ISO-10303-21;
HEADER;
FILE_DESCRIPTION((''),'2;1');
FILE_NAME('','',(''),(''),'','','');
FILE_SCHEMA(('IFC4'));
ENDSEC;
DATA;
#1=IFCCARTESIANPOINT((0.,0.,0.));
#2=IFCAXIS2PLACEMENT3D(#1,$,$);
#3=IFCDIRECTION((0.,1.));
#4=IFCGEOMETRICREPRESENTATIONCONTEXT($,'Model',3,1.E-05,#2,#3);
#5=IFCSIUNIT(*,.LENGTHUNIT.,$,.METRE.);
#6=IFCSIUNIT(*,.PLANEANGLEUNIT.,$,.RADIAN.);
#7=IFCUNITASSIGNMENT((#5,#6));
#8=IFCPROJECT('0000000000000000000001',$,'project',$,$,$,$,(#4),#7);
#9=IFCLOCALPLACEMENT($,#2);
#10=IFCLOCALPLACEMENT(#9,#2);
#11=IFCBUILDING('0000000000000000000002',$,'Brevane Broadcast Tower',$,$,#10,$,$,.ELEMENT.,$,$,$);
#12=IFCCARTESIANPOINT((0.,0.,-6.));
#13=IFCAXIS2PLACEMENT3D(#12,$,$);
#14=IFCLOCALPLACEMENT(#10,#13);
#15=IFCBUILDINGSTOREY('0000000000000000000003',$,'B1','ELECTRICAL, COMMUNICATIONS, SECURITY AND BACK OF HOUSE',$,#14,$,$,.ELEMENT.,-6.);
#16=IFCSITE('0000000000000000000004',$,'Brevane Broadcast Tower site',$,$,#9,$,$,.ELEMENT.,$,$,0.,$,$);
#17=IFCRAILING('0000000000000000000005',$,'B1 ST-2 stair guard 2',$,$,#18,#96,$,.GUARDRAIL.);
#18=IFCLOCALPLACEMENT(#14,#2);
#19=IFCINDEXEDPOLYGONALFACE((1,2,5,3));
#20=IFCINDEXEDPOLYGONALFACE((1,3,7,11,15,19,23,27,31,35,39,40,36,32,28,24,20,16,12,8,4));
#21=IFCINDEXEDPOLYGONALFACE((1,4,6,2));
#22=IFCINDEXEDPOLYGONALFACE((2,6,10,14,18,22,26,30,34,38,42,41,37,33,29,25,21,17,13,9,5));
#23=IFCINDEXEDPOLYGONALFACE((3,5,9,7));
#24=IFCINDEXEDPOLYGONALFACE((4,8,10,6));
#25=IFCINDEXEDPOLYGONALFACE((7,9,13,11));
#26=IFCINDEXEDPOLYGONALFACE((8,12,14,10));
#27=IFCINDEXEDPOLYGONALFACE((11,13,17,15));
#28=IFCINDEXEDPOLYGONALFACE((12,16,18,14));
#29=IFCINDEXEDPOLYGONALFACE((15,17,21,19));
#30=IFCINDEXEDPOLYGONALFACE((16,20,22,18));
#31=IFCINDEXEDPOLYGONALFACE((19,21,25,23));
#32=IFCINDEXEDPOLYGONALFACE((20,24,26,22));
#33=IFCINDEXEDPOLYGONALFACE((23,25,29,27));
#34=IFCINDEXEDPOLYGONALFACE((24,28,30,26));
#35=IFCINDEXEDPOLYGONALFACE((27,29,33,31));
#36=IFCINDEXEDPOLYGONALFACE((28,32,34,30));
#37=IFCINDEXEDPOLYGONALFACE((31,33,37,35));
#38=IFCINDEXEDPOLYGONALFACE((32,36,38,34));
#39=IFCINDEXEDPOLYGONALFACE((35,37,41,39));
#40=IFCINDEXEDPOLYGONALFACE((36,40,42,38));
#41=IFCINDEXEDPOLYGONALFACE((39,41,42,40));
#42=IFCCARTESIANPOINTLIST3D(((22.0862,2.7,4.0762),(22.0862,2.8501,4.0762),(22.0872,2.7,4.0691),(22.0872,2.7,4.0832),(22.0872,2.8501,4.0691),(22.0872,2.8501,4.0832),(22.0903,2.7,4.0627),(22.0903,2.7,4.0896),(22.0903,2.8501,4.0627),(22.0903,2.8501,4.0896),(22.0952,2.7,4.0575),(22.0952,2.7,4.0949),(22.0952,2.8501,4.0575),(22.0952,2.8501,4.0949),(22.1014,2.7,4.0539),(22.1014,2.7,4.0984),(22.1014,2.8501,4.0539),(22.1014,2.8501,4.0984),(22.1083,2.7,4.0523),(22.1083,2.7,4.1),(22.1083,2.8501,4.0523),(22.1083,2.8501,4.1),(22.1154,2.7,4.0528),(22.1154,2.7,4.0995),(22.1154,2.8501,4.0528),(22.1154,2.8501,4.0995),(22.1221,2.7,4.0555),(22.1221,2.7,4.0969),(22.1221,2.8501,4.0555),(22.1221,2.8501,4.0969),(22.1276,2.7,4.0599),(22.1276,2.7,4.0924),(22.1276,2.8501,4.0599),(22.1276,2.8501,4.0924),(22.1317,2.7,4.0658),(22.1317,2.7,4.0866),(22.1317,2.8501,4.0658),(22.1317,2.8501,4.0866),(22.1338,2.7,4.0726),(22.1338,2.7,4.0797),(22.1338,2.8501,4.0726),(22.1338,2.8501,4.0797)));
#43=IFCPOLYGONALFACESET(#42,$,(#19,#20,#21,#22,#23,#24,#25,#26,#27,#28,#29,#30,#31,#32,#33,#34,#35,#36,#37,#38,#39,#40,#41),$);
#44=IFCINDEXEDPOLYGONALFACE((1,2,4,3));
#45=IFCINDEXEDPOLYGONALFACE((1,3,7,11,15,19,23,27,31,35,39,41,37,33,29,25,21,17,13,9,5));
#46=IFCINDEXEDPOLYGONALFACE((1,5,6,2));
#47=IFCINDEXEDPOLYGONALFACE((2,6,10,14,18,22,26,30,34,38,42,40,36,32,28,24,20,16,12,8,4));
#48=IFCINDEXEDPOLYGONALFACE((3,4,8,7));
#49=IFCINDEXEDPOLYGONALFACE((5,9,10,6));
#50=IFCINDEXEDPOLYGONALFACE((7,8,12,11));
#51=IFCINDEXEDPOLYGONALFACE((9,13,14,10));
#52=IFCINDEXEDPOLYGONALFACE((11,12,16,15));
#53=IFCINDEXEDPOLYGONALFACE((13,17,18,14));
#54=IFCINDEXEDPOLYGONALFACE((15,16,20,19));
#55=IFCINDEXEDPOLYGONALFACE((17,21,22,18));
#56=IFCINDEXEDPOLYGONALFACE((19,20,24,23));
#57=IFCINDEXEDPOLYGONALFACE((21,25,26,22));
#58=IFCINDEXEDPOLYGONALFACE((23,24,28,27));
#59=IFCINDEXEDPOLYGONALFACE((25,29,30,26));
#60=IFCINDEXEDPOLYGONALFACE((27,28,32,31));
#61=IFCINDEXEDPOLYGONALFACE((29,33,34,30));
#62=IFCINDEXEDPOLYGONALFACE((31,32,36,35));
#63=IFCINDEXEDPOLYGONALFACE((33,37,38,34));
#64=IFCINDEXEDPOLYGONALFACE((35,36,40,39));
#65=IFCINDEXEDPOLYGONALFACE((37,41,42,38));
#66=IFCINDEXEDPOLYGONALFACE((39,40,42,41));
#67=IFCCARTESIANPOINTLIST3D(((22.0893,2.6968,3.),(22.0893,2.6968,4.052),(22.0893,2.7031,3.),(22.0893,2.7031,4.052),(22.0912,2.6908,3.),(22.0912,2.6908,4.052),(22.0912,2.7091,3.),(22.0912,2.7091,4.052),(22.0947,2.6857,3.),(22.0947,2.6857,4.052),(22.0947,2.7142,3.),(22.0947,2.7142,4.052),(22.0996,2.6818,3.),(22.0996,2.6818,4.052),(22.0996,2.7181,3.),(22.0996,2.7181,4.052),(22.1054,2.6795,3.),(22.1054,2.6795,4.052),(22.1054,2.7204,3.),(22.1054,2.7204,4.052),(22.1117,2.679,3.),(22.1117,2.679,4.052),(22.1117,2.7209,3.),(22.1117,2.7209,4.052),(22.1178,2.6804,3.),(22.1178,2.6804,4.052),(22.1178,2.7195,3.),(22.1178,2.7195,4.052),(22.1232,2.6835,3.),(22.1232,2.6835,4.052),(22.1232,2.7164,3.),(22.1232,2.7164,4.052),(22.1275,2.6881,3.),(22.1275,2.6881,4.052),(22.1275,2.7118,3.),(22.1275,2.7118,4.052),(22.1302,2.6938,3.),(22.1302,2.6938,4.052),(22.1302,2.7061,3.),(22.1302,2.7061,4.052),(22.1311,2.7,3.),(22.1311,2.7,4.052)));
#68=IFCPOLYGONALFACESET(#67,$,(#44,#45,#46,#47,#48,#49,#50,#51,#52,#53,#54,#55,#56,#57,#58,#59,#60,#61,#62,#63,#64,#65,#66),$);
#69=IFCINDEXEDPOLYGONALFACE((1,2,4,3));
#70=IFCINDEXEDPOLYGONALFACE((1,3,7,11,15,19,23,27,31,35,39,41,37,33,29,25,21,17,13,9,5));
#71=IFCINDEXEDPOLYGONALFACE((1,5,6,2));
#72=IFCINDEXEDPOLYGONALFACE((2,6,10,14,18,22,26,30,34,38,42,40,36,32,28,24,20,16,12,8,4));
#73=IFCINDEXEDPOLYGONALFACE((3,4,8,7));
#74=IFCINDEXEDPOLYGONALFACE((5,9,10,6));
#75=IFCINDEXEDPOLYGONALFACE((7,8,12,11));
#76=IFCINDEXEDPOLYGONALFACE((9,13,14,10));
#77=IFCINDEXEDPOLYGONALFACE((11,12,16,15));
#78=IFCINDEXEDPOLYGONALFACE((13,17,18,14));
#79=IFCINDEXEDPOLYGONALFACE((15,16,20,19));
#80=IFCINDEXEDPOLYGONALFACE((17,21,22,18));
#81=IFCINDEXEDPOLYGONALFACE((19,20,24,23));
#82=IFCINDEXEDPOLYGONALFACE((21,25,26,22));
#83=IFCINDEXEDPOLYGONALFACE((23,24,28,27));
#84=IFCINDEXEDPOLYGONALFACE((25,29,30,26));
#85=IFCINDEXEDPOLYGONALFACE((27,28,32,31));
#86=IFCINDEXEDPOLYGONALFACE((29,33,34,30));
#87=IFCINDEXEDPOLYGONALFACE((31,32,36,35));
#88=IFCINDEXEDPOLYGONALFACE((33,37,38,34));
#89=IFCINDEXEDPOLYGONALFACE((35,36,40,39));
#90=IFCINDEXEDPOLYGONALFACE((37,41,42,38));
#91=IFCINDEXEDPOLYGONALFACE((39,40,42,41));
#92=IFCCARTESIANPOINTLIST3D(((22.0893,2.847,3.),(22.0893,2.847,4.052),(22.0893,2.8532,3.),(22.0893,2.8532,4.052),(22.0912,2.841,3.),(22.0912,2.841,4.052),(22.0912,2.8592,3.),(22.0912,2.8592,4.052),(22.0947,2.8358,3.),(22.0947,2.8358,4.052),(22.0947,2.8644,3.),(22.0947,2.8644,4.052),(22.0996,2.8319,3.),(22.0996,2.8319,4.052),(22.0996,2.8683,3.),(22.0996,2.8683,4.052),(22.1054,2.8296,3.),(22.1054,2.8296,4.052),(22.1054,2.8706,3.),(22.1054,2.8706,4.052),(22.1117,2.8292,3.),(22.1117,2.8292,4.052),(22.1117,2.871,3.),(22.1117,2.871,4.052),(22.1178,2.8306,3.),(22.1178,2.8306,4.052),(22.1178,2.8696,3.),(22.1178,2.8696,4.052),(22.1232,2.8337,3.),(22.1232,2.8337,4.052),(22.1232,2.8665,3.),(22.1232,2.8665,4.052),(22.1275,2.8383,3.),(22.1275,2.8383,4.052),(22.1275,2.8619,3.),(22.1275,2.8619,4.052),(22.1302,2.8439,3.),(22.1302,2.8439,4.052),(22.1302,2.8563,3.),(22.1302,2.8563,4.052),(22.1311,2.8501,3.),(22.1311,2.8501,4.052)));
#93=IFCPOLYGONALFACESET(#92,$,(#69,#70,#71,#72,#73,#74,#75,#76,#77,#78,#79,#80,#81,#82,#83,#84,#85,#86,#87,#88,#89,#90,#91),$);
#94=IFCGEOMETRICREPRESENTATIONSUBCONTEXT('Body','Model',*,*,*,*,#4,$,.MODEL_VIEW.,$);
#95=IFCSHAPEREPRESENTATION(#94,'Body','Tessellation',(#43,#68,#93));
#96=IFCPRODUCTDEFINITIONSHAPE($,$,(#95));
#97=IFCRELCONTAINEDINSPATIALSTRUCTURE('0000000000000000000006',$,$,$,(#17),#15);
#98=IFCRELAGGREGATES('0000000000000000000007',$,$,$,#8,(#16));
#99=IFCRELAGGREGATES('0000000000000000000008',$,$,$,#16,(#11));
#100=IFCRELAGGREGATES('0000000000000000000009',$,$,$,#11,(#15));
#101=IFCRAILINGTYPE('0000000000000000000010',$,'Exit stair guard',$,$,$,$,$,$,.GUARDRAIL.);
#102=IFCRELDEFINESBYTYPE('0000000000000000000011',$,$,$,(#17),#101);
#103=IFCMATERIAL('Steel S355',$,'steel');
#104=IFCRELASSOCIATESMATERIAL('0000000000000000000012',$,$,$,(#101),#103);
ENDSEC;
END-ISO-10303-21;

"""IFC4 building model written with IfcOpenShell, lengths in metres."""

from ifc_helpers import new_model, si_unit, direction, frame, origin, origin_2d, place, context, subcontext, project, spatial, circle, extrude, material, type_object, element, save


model = new_model("IFC4")

# Units and contexts
model_context = context("Model", 3, precision=1e-05, world=origin(), true_north=direction((0.0, 1.0)))
body_context = subcontext(model_context, "Body", "Model", "MODEL_VIEW")
ifc_project = project(units=[si_unit("LENGTHUNIT", "METRE"), si_unit("PLANEANGLEUNIT", "RADIAN")], contexts=[model_context])

# Site, building, storey
site_placement = place(None, origin())
site = spatial("IfcSite", under=ifc_project, at=site_placement, Name="Brevane Broadcast Tower site", CompositionType="ELEMENT", RefElevation=0.0)
building_placement = place(site_placement, origin())
building = spatial("IfcBuilding", under=site, at=building_placement, Name="Brevane Broadcast Tower", CompositionType="ELEMENT")
storey_placement = place(building_placement, frame((0.0, 0.0, -6.0)))
storey = spatial("IfcBuildingStorey", under=building, at=storey_placement, Name="B1", Description="ELECTRICAL, COMMUNICATIONS, SECURITY AND BACK OF HOUSE", CompositionType="ELEMENT", Elevation=-6.0)

# Railing
ifc_material_1 = material(Name="Steel S355", Category="steel")
railing_type_1 = type_object("IfcRailingType", Name="Exit stair guard", PredefinedType="GUARDRAIL", material=ifc_material_1)
railing_1_placement = place(storey_placement, frame((22.1101, 2.7, 3.0)))
element("IfcRailing", 1, at=railing_1_placement, inside=storey, type_object=railing_type_1, Name="B1 ST-2 stair guard 2", PredefinedType="GUARDRAIL", context=body_context, shape_type="SweptSolid", body=[
    extrude(circle(Radius=0.0239, at=origin_2d()), frame((0.0, 0.0, 1.0762), z_axis=(0.0, 1.0, 0.0), x_axis=(-1.0, 0.0, 0.0)), (0.0, 0.0, 1.0), 0.1501),
    extrude(circle(Radius=0.021, at=origin_2d()), origin(), (0.0, 0.0, 1.0), 1.052),
    extrude(circle(Radius=0.021, at=origin_2d()), frame((0.0, 0.1501, 0.0)), (0.0, 0.0, 1.0), 1.052),
])

save(model, "model.ifc")
